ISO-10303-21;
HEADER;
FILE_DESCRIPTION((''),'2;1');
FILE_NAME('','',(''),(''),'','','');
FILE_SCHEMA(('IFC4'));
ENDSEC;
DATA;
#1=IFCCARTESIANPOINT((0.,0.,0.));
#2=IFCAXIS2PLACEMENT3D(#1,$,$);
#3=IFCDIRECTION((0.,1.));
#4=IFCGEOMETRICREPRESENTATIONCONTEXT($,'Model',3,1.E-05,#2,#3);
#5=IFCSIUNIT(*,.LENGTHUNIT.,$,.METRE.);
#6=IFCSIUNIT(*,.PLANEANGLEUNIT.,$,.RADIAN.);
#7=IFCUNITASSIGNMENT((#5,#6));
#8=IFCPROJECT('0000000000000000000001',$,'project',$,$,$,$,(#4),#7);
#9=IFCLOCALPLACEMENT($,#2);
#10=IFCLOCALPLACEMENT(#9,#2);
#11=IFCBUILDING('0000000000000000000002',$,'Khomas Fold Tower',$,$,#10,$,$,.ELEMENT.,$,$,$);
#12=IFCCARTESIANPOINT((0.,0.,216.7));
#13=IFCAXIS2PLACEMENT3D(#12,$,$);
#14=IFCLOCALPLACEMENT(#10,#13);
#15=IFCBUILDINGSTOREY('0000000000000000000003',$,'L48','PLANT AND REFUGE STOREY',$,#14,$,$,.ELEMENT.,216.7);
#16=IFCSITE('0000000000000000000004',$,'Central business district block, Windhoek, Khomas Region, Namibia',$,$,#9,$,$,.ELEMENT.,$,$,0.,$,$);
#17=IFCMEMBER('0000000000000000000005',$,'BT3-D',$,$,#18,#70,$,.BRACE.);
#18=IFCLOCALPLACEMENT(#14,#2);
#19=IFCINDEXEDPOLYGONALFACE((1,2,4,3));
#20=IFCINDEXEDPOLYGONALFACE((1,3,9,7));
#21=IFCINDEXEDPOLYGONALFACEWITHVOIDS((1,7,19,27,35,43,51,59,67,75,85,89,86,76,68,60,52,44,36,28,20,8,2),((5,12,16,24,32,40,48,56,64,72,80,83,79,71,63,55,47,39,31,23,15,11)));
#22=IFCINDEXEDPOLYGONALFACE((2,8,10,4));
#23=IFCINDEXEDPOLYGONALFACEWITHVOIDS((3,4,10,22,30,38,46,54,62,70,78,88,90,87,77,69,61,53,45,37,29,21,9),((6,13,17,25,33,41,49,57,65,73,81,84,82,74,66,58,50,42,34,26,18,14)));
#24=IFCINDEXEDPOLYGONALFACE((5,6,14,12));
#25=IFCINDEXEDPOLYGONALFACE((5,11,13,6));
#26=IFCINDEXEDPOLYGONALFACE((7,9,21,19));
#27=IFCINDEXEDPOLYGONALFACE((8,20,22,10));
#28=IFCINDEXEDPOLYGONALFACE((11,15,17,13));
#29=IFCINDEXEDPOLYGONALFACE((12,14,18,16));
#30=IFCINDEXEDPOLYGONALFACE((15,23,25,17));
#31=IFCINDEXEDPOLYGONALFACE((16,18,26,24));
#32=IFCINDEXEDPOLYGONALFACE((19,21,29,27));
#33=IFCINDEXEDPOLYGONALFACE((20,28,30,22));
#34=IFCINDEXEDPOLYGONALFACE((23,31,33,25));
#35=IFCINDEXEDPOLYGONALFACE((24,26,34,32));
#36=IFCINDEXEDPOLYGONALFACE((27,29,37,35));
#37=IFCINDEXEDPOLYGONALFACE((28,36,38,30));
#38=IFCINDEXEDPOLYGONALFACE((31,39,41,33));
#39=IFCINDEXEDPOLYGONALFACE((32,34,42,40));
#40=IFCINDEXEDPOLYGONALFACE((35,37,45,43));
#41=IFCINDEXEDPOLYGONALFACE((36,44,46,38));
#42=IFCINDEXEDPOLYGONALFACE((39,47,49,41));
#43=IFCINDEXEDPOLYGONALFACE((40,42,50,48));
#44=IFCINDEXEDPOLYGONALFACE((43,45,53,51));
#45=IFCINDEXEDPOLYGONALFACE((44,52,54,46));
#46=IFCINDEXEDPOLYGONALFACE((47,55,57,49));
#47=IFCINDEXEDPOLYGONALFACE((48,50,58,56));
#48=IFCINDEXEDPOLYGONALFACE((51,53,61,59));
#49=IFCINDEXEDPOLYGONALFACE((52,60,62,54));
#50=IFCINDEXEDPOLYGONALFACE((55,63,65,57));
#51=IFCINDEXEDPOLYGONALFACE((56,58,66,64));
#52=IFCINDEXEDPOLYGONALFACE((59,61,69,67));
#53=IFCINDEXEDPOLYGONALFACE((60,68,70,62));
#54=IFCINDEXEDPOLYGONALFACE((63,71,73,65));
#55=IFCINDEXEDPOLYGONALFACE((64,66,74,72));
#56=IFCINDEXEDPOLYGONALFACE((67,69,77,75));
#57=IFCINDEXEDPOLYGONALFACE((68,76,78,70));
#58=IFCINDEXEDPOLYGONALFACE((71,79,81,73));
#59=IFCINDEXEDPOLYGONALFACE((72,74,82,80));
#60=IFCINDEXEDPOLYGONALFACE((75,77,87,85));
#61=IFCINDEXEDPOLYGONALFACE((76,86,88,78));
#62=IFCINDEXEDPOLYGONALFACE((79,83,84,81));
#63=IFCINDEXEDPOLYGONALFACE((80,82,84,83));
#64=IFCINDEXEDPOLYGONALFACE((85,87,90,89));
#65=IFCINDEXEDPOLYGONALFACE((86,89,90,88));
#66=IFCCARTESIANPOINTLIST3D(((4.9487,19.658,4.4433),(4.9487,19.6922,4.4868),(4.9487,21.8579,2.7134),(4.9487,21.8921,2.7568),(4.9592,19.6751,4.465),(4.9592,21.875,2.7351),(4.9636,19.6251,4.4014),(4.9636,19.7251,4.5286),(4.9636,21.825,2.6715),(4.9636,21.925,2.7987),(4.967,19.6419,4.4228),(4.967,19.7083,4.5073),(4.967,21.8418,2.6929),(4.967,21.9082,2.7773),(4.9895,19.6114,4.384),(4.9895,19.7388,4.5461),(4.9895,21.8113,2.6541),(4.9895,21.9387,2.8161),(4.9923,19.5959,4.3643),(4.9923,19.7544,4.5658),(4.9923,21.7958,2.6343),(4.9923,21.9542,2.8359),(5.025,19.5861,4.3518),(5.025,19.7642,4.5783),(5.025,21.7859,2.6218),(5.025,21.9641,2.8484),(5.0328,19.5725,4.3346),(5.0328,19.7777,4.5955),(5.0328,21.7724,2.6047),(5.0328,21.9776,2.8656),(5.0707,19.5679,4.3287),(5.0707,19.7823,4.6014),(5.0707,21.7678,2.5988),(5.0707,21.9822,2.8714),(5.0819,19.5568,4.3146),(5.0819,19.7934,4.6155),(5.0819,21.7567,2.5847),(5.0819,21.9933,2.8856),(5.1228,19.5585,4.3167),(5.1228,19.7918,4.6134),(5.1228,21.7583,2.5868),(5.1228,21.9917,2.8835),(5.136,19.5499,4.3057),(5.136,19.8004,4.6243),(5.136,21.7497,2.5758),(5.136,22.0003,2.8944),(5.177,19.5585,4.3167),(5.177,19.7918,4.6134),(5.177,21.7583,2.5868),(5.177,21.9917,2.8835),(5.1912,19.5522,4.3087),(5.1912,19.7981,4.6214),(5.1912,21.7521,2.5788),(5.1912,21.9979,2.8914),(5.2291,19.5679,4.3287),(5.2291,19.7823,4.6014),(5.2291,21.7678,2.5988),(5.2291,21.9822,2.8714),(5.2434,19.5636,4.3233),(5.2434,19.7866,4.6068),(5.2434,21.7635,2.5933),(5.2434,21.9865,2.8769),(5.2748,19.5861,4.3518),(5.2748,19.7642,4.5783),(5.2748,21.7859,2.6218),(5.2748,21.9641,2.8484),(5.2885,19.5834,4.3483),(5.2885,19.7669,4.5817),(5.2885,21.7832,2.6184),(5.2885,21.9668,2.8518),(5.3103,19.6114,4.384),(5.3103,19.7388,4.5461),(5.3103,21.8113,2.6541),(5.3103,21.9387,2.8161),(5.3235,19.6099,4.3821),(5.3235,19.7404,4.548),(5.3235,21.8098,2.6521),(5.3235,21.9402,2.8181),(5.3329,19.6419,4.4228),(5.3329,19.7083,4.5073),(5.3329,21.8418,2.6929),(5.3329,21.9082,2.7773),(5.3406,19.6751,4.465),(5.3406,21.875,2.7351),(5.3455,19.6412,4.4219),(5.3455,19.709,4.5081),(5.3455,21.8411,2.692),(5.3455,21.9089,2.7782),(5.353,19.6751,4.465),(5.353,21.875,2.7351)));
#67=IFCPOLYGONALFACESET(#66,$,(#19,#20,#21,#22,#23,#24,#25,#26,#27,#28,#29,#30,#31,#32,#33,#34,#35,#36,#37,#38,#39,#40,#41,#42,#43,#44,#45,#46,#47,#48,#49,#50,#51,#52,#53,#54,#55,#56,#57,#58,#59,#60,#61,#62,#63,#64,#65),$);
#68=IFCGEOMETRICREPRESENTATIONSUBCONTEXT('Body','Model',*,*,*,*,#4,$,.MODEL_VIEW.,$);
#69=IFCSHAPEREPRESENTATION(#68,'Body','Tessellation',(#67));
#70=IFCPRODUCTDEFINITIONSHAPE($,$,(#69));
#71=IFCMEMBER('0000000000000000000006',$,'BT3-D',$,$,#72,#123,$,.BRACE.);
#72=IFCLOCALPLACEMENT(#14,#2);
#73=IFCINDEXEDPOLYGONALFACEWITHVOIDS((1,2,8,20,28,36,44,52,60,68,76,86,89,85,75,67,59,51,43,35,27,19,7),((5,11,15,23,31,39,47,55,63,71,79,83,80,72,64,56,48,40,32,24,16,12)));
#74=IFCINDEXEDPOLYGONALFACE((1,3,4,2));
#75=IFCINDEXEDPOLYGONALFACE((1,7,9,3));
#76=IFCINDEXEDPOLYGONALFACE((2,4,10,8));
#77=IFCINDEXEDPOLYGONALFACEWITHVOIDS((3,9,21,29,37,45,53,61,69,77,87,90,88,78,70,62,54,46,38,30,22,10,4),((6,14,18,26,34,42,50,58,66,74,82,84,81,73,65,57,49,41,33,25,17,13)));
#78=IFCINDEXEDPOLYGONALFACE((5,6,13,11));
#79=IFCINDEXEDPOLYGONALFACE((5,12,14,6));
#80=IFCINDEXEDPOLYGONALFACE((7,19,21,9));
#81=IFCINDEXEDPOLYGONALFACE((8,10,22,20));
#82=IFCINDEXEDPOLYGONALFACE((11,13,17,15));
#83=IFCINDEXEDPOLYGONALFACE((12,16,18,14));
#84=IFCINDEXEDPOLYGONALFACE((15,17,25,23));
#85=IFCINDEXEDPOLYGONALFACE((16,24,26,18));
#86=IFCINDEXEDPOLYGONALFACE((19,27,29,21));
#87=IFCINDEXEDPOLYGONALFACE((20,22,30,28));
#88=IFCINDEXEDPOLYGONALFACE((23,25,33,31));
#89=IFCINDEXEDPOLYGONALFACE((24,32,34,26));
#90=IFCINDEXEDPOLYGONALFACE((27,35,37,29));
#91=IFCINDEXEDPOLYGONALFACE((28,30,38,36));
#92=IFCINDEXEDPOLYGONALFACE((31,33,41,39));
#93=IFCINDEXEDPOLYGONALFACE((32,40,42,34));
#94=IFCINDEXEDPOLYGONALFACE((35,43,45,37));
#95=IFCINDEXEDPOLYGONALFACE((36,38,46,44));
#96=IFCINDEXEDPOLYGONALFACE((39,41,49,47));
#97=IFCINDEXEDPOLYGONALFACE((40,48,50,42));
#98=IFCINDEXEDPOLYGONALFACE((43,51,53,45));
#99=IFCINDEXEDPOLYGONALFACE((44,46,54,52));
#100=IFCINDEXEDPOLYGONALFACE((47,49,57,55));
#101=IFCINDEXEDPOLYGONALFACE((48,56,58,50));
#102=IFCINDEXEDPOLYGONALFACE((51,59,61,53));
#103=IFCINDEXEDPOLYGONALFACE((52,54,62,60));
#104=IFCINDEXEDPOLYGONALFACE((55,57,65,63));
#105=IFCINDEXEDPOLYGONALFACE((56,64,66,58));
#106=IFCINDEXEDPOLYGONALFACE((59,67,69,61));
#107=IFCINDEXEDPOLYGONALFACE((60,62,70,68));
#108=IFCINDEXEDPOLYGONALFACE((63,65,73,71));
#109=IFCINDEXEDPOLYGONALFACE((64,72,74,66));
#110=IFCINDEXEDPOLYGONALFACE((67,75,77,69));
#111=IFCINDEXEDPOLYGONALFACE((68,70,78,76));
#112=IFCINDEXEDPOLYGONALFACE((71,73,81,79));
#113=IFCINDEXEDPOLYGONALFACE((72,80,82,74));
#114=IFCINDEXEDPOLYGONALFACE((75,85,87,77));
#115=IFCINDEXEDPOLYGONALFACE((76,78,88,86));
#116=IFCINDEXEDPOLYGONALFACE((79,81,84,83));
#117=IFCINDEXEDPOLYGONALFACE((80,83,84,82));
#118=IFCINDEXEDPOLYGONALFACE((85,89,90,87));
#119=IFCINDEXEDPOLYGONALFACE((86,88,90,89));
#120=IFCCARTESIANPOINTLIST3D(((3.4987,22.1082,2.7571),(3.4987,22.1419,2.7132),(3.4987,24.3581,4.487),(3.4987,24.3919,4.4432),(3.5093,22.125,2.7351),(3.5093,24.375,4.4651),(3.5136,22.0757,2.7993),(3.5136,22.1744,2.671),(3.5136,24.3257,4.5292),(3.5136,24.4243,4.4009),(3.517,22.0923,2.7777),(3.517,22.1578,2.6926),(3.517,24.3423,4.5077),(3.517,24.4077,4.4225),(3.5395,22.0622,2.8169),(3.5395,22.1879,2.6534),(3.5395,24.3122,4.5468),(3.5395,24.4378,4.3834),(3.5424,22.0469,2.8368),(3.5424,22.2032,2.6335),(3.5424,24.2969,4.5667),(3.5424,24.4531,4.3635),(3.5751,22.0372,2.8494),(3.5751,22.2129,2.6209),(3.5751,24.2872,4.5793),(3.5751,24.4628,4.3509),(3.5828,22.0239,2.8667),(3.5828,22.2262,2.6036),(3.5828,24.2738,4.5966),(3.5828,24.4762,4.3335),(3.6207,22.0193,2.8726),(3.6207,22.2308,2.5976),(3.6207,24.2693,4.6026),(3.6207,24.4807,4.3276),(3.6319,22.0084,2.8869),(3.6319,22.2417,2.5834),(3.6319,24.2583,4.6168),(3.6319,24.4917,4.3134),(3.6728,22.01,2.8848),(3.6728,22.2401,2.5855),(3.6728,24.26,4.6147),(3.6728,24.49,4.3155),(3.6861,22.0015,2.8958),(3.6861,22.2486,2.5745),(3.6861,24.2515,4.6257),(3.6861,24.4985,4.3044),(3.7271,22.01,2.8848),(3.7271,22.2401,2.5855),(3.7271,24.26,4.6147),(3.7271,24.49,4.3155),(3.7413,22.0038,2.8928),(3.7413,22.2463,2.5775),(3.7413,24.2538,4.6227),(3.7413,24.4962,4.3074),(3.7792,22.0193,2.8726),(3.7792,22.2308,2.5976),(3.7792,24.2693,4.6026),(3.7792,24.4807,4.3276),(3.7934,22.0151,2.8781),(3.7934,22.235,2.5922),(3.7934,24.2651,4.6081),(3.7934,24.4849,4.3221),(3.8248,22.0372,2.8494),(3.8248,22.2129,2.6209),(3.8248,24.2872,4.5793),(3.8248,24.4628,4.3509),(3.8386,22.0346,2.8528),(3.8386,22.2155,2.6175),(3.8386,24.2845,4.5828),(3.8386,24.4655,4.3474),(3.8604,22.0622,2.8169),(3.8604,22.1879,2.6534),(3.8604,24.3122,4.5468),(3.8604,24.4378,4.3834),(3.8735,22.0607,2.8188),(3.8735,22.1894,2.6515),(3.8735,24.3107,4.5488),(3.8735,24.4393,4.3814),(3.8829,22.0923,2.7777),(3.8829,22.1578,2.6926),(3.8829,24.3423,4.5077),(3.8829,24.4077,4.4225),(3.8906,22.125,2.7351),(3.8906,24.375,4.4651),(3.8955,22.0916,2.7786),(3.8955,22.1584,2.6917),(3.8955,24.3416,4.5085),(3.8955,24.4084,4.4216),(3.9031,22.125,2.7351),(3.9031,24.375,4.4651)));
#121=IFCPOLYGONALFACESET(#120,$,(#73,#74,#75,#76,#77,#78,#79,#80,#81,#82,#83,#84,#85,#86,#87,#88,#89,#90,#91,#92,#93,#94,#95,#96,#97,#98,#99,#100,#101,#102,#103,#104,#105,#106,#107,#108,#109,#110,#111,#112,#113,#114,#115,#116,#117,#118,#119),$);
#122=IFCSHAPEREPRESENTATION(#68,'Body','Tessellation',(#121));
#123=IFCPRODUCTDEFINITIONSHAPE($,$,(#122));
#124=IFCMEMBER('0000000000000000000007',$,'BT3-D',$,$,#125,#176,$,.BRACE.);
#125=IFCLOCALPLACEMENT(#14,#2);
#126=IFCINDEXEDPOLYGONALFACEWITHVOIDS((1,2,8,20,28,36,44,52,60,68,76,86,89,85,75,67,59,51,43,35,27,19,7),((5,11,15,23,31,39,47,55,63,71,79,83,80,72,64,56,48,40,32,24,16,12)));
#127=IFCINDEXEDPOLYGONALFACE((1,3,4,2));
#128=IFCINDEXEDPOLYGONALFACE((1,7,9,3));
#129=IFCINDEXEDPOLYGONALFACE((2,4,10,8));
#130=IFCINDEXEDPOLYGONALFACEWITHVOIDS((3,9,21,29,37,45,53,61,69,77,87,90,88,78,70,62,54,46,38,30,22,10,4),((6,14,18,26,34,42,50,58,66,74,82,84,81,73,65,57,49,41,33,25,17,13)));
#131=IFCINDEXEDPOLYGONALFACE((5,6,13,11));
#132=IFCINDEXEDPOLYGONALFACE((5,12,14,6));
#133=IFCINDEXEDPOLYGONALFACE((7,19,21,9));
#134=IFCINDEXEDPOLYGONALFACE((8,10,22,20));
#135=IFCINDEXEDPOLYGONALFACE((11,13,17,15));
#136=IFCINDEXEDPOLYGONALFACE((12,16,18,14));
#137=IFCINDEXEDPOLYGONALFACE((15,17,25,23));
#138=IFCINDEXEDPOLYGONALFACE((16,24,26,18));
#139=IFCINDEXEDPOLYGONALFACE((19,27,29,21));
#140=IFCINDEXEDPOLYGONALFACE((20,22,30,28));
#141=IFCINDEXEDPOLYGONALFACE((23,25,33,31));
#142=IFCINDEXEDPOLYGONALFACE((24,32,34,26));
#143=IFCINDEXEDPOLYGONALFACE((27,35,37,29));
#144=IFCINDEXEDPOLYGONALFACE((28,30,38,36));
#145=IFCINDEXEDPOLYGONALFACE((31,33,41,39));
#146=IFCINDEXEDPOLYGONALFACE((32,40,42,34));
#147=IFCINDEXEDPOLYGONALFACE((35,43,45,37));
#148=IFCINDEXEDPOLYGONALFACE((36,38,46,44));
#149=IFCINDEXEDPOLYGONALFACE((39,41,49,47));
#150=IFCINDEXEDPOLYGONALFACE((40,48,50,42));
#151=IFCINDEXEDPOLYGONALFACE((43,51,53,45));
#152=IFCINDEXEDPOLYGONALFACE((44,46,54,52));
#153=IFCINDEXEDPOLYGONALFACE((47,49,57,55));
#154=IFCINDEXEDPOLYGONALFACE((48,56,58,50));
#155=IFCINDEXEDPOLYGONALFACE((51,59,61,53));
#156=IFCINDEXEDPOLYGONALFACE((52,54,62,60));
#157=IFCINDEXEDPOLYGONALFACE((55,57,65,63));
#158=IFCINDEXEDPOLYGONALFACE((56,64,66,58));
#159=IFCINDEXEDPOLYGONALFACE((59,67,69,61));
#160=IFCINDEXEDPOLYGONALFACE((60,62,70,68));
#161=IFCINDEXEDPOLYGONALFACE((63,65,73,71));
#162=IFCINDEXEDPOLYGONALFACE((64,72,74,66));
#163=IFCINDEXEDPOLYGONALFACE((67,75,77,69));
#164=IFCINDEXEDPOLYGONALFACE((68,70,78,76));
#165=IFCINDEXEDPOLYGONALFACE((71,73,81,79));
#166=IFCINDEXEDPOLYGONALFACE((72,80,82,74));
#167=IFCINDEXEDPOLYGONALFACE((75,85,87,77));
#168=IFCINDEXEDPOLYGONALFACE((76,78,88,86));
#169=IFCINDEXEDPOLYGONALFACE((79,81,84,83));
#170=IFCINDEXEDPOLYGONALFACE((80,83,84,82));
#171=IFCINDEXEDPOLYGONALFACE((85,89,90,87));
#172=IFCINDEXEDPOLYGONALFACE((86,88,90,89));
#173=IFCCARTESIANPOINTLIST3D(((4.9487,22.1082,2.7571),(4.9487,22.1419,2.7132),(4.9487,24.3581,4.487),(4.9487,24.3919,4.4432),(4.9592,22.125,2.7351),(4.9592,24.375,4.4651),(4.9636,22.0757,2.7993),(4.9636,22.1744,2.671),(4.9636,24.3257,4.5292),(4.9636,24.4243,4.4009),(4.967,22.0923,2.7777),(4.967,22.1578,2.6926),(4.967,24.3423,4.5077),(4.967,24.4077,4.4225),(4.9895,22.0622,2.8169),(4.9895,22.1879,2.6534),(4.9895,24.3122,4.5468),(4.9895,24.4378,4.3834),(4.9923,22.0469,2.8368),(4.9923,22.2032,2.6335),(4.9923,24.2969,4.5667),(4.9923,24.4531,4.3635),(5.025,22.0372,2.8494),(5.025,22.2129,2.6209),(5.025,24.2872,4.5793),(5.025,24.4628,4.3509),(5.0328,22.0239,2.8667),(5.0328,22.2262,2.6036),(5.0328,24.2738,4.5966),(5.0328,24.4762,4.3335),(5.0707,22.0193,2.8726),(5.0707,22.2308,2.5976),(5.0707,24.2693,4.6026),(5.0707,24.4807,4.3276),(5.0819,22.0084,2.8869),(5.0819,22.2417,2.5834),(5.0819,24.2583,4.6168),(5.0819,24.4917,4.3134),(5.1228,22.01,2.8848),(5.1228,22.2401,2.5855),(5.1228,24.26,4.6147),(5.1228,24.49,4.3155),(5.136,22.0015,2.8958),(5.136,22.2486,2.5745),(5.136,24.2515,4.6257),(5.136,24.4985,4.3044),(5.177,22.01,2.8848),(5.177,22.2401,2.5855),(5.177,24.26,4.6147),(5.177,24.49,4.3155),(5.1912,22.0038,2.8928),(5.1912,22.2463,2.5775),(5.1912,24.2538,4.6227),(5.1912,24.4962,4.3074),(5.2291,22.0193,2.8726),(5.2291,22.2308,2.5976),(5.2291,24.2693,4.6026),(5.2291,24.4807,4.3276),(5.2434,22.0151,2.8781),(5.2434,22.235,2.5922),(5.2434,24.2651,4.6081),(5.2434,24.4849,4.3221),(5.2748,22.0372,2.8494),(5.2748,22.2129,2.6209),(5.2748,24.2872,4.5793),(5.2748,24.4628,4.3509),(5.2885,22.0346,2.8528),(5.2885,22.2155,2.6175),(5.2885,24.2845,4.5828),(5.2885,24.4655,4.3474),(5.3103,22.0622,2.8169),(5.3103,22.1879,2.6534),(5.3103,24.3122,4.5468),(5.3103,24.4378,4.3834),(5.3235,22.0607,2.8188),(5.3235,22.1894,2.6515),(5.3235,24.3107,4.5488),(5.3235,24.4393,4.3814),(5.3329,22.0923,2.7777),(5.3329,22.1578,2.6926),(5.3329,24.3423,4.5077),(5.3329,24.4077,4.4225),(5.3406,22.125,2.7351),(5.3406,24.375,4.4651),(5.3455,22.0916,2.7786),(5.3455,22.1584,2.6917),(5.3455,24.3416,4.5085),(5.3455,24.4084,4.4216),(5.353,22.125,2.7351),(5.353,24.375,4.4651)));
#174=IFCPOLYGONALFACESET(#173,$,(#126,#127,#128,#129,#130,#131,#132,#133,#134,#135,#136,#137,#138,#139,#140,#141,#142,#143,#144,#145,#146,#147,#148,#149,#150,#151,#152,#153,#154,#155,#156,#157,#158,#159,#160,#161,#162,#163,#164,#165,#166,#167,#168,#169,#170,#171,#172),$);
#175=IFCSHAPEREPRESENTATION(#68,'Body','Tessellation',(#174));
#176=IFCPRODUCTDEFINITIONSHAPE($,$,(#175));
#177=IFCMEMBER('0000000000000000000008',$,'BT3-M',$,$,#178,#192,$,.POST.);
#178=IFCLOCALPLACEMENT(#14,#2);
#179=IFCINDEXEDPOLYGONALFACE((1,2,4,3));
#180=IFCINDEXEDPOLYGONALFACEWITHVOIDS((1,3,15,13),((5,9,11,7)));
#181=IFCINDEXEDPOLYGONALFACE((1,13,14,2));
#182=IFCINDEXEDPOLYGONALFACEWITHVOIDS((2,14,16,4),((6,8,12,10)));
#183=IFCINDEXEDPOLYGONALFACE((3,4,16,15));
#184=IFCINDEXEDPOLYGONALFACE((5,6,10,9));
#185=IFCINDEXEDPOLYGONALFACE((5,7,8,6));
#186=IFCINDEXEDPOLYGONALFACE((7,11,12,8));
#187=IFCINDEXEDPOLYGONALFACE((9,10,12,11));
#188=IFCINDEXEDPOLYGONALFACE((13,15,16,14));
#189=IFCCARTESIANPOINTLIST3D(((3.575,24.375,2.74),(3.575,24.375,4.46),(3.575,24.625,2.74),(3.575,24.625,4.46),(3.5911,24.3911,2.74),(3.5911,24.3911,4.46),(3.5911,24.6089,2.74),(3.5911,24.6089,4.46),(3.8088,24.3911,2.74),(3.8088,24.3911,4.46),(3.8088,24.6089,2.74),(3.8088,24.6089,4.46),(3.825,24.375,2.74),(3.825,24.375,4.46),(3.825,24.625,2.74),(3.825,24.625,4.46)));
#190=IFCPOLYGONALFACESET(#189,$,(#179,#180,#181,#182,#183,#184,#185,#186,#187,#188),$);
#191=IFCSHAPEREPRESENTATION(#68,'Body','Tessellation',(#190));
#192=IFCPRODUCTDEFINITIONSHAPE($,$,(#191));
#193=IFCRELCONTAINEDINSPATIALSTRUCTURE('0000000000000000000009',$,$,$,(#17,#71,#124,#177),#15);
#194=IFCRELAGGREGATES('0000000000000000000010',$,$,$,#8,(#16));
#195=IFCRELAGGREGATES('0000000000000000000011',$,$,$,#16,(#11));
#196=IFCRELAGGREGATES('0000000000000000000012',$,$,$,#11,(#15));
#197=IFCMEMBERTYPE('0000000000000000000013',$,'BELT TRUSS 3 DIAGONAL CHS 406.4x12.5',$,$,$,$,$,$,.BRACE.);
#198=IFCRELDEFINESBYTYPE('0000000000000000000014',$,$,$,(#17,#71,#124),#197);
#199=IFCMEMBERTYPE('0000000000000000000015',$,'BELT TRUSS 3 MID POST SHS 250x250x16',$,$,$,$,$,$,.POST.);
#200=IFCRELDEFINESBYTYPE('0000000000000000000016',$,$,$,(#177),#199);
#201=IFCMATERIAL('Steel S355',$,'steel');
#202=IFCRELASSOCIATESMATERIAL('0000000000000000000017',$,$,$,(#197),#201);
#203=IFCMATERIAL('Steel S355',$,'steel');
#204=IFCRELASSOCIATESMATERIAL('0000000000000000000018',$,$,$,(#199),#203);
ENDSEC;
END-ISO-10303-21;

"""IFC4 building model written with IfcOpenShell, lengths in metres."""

from ifc_helpers import new_model, si_unit, direction, frame, origin, origin_2d, place, context, subcontext, project, spatial, hollow_rectangle, hollow_circle, extrude, source, transform, mapped, material, material_profile, profile_set, type_object, element, save


model = new_model("IFC4")

# Units and contexts
model_context = context("Model", 3, precision=1e-05, world=origin(), true_north=direction((0.0, 1.0)))
body_context = subcontext(model_context, "Body", "Model", "MODEL_VIEW")
ifc_project = project(units=[si_unit("LENGTHUNIT", "METRE"), si_unit("PLANEANGLEUNIT", "RADIAN")], contexts=[model_context])

# Site, building, storey
site_placement = place(None, origin())
site = spatial("IfcSite", under=ifc_project, at=site_placement, Name="Central business district block, Windhoek, Khomas Region, Namibia", CompositionType="ELEMENT", RefElevation=0.0)
building_placement = place(site_placement, origin())
building = spatial("IfcBuilding", under=site, at=building_placement, Name="Khomas Fold Tower", CompositionType="ELEMENT")
storey_placement = place(building_placement, frame((0.0, 0.0, 216.7)))
storey = spatial("IfcBuildingStorey", under=building, at=storey_placement, Name="L48", Description="PLANT AND REFUGE STOREY", CompositionType="ELEMENT", Elevation=216.7)

# Members
ifc_material_1 = material(Name="Steel S355", Category="steel")
ifc_material_profile_1 = material_profile(ifc_material_1, hollow_circle(Radius=0.2031, WallThickness=0.0125, at=origin_2d()), Name="CHS 406.4x12.5")
ifc_profile_set_1 = profile_set([ifc_material_profile_1], Name="Steel S355")
member_type_1 = type_object("IfcMemberType", Name="BELT TRUSS 3 DIAGONAL CHS 406.4x12.5", PredefinedType="BRACE", material=ifc_profile_set_1)
shared_shape_1 = source(origin(), body_context, "Body", "SweptSolid", [
    extrude(hollow_circle(Radius=0.2031, WallThickness=0.0125, at=origin_2d()), origin(), (0.0, 0.0, 1.0), 2.7986),
])
for number, where, z_axis, x_axis, name in (
    (1, (5.1499, 21.875, 2.7351), (0.0, -0.786067, 0.618141), (1.0, 0.0, 0.0), "BT3-D"),
):
    element("IfcMember", number, at=place(storey_placement, frame(where, z_axis=z_axis, x_axis=x_axis)), inside=storey, type_object=member_type_1, Name=name, PredefinedType="BRACE", context=body_context, shape_type="MappedRepresentation", body=[
        mapped(shared_shape_1, transform((0.0, 0.0, 0.0))),
    ])
shared_shape_2 = source(origin(), body_context, "Body", "SweptSolid", [
    extrude(hollow_circle(Radius=0.2031, WallThickness=0.0125, at=origin_2d()), origin(), (0.0, 0.0, 1.0), 2.8381),
])
for number, where, z_axis, x_axis, name in (
    (2, (3.7, 24.375, 4.4651), (0.0, -0.792758, -0.609536), (1.0, 0.0, 0.0), "BT3-D"),
    (3, (5.1499, 24.375, 4.4651), (0.0, -0.792758, -0.609536), (1.0, 0.0, 0.0), "BT3-D"),
):
    element("IfcMember", number, at=place(storey_placement, frame(where, z_axis=z_axis, x_axis=x_axis)), inside=storey, type_object=member_type_1, Name=name, PredefinedType="BRACE", context=body_context, shape_type="MappedRepresentation", body=[
        mapped(shared_shape_2, transform((0.0, 0.0, 0.0))),
    ])
ifc_material_2 = material(Name="Steel S355", Category="steel")
ifc_material_profile_2 = material_profile(ifc_material_2, hollow_rectangle(XDim=0.25, YDim=0.25, WallThickness=0.0161, at=origin_2d()), Name="SHS 250x250x16")
ifc_profile_set_2 = profile_set([ifc_material_profile_2], Name="Steel S355")
member_type_2 = type_object("IfcMemberType", Name="BELT TRUSS 3 MID POST SHS 250x250x16", PredefinedType="POST", material=ifc_profile_set_2)
shared_shape_3 = source(origin(), body_context, "Body", "SweptSolid", [
    extrude(hollow_rectangle(XDim=0.25, YDim=0.25, WallThickness=0.0161, at=origin_2d()), origin(), (0.0, 0.0, 1.0), 1.72),
])
for number, where, z_axis, x_axis, name in (
    (4, (3.7, 24.5, 2.74), (0.0, 0.0, 1.0), (1.0, 0.0, 0.0), "BT3-M"),
):
    element("IfcMember", number, at=place(storey_placement, frame(where, z_axis=z_axis, x_axis=x_axis)), inside=storey, type_object=member_type_2, Name=name, PredefinedType="POST", context=body_context, shape_type="MappedRepresentation", body=[
        mapped(shared_shape_3, transform((0.0, 0.0, 0.0))),
    ])

save(model, "model.ifc")
